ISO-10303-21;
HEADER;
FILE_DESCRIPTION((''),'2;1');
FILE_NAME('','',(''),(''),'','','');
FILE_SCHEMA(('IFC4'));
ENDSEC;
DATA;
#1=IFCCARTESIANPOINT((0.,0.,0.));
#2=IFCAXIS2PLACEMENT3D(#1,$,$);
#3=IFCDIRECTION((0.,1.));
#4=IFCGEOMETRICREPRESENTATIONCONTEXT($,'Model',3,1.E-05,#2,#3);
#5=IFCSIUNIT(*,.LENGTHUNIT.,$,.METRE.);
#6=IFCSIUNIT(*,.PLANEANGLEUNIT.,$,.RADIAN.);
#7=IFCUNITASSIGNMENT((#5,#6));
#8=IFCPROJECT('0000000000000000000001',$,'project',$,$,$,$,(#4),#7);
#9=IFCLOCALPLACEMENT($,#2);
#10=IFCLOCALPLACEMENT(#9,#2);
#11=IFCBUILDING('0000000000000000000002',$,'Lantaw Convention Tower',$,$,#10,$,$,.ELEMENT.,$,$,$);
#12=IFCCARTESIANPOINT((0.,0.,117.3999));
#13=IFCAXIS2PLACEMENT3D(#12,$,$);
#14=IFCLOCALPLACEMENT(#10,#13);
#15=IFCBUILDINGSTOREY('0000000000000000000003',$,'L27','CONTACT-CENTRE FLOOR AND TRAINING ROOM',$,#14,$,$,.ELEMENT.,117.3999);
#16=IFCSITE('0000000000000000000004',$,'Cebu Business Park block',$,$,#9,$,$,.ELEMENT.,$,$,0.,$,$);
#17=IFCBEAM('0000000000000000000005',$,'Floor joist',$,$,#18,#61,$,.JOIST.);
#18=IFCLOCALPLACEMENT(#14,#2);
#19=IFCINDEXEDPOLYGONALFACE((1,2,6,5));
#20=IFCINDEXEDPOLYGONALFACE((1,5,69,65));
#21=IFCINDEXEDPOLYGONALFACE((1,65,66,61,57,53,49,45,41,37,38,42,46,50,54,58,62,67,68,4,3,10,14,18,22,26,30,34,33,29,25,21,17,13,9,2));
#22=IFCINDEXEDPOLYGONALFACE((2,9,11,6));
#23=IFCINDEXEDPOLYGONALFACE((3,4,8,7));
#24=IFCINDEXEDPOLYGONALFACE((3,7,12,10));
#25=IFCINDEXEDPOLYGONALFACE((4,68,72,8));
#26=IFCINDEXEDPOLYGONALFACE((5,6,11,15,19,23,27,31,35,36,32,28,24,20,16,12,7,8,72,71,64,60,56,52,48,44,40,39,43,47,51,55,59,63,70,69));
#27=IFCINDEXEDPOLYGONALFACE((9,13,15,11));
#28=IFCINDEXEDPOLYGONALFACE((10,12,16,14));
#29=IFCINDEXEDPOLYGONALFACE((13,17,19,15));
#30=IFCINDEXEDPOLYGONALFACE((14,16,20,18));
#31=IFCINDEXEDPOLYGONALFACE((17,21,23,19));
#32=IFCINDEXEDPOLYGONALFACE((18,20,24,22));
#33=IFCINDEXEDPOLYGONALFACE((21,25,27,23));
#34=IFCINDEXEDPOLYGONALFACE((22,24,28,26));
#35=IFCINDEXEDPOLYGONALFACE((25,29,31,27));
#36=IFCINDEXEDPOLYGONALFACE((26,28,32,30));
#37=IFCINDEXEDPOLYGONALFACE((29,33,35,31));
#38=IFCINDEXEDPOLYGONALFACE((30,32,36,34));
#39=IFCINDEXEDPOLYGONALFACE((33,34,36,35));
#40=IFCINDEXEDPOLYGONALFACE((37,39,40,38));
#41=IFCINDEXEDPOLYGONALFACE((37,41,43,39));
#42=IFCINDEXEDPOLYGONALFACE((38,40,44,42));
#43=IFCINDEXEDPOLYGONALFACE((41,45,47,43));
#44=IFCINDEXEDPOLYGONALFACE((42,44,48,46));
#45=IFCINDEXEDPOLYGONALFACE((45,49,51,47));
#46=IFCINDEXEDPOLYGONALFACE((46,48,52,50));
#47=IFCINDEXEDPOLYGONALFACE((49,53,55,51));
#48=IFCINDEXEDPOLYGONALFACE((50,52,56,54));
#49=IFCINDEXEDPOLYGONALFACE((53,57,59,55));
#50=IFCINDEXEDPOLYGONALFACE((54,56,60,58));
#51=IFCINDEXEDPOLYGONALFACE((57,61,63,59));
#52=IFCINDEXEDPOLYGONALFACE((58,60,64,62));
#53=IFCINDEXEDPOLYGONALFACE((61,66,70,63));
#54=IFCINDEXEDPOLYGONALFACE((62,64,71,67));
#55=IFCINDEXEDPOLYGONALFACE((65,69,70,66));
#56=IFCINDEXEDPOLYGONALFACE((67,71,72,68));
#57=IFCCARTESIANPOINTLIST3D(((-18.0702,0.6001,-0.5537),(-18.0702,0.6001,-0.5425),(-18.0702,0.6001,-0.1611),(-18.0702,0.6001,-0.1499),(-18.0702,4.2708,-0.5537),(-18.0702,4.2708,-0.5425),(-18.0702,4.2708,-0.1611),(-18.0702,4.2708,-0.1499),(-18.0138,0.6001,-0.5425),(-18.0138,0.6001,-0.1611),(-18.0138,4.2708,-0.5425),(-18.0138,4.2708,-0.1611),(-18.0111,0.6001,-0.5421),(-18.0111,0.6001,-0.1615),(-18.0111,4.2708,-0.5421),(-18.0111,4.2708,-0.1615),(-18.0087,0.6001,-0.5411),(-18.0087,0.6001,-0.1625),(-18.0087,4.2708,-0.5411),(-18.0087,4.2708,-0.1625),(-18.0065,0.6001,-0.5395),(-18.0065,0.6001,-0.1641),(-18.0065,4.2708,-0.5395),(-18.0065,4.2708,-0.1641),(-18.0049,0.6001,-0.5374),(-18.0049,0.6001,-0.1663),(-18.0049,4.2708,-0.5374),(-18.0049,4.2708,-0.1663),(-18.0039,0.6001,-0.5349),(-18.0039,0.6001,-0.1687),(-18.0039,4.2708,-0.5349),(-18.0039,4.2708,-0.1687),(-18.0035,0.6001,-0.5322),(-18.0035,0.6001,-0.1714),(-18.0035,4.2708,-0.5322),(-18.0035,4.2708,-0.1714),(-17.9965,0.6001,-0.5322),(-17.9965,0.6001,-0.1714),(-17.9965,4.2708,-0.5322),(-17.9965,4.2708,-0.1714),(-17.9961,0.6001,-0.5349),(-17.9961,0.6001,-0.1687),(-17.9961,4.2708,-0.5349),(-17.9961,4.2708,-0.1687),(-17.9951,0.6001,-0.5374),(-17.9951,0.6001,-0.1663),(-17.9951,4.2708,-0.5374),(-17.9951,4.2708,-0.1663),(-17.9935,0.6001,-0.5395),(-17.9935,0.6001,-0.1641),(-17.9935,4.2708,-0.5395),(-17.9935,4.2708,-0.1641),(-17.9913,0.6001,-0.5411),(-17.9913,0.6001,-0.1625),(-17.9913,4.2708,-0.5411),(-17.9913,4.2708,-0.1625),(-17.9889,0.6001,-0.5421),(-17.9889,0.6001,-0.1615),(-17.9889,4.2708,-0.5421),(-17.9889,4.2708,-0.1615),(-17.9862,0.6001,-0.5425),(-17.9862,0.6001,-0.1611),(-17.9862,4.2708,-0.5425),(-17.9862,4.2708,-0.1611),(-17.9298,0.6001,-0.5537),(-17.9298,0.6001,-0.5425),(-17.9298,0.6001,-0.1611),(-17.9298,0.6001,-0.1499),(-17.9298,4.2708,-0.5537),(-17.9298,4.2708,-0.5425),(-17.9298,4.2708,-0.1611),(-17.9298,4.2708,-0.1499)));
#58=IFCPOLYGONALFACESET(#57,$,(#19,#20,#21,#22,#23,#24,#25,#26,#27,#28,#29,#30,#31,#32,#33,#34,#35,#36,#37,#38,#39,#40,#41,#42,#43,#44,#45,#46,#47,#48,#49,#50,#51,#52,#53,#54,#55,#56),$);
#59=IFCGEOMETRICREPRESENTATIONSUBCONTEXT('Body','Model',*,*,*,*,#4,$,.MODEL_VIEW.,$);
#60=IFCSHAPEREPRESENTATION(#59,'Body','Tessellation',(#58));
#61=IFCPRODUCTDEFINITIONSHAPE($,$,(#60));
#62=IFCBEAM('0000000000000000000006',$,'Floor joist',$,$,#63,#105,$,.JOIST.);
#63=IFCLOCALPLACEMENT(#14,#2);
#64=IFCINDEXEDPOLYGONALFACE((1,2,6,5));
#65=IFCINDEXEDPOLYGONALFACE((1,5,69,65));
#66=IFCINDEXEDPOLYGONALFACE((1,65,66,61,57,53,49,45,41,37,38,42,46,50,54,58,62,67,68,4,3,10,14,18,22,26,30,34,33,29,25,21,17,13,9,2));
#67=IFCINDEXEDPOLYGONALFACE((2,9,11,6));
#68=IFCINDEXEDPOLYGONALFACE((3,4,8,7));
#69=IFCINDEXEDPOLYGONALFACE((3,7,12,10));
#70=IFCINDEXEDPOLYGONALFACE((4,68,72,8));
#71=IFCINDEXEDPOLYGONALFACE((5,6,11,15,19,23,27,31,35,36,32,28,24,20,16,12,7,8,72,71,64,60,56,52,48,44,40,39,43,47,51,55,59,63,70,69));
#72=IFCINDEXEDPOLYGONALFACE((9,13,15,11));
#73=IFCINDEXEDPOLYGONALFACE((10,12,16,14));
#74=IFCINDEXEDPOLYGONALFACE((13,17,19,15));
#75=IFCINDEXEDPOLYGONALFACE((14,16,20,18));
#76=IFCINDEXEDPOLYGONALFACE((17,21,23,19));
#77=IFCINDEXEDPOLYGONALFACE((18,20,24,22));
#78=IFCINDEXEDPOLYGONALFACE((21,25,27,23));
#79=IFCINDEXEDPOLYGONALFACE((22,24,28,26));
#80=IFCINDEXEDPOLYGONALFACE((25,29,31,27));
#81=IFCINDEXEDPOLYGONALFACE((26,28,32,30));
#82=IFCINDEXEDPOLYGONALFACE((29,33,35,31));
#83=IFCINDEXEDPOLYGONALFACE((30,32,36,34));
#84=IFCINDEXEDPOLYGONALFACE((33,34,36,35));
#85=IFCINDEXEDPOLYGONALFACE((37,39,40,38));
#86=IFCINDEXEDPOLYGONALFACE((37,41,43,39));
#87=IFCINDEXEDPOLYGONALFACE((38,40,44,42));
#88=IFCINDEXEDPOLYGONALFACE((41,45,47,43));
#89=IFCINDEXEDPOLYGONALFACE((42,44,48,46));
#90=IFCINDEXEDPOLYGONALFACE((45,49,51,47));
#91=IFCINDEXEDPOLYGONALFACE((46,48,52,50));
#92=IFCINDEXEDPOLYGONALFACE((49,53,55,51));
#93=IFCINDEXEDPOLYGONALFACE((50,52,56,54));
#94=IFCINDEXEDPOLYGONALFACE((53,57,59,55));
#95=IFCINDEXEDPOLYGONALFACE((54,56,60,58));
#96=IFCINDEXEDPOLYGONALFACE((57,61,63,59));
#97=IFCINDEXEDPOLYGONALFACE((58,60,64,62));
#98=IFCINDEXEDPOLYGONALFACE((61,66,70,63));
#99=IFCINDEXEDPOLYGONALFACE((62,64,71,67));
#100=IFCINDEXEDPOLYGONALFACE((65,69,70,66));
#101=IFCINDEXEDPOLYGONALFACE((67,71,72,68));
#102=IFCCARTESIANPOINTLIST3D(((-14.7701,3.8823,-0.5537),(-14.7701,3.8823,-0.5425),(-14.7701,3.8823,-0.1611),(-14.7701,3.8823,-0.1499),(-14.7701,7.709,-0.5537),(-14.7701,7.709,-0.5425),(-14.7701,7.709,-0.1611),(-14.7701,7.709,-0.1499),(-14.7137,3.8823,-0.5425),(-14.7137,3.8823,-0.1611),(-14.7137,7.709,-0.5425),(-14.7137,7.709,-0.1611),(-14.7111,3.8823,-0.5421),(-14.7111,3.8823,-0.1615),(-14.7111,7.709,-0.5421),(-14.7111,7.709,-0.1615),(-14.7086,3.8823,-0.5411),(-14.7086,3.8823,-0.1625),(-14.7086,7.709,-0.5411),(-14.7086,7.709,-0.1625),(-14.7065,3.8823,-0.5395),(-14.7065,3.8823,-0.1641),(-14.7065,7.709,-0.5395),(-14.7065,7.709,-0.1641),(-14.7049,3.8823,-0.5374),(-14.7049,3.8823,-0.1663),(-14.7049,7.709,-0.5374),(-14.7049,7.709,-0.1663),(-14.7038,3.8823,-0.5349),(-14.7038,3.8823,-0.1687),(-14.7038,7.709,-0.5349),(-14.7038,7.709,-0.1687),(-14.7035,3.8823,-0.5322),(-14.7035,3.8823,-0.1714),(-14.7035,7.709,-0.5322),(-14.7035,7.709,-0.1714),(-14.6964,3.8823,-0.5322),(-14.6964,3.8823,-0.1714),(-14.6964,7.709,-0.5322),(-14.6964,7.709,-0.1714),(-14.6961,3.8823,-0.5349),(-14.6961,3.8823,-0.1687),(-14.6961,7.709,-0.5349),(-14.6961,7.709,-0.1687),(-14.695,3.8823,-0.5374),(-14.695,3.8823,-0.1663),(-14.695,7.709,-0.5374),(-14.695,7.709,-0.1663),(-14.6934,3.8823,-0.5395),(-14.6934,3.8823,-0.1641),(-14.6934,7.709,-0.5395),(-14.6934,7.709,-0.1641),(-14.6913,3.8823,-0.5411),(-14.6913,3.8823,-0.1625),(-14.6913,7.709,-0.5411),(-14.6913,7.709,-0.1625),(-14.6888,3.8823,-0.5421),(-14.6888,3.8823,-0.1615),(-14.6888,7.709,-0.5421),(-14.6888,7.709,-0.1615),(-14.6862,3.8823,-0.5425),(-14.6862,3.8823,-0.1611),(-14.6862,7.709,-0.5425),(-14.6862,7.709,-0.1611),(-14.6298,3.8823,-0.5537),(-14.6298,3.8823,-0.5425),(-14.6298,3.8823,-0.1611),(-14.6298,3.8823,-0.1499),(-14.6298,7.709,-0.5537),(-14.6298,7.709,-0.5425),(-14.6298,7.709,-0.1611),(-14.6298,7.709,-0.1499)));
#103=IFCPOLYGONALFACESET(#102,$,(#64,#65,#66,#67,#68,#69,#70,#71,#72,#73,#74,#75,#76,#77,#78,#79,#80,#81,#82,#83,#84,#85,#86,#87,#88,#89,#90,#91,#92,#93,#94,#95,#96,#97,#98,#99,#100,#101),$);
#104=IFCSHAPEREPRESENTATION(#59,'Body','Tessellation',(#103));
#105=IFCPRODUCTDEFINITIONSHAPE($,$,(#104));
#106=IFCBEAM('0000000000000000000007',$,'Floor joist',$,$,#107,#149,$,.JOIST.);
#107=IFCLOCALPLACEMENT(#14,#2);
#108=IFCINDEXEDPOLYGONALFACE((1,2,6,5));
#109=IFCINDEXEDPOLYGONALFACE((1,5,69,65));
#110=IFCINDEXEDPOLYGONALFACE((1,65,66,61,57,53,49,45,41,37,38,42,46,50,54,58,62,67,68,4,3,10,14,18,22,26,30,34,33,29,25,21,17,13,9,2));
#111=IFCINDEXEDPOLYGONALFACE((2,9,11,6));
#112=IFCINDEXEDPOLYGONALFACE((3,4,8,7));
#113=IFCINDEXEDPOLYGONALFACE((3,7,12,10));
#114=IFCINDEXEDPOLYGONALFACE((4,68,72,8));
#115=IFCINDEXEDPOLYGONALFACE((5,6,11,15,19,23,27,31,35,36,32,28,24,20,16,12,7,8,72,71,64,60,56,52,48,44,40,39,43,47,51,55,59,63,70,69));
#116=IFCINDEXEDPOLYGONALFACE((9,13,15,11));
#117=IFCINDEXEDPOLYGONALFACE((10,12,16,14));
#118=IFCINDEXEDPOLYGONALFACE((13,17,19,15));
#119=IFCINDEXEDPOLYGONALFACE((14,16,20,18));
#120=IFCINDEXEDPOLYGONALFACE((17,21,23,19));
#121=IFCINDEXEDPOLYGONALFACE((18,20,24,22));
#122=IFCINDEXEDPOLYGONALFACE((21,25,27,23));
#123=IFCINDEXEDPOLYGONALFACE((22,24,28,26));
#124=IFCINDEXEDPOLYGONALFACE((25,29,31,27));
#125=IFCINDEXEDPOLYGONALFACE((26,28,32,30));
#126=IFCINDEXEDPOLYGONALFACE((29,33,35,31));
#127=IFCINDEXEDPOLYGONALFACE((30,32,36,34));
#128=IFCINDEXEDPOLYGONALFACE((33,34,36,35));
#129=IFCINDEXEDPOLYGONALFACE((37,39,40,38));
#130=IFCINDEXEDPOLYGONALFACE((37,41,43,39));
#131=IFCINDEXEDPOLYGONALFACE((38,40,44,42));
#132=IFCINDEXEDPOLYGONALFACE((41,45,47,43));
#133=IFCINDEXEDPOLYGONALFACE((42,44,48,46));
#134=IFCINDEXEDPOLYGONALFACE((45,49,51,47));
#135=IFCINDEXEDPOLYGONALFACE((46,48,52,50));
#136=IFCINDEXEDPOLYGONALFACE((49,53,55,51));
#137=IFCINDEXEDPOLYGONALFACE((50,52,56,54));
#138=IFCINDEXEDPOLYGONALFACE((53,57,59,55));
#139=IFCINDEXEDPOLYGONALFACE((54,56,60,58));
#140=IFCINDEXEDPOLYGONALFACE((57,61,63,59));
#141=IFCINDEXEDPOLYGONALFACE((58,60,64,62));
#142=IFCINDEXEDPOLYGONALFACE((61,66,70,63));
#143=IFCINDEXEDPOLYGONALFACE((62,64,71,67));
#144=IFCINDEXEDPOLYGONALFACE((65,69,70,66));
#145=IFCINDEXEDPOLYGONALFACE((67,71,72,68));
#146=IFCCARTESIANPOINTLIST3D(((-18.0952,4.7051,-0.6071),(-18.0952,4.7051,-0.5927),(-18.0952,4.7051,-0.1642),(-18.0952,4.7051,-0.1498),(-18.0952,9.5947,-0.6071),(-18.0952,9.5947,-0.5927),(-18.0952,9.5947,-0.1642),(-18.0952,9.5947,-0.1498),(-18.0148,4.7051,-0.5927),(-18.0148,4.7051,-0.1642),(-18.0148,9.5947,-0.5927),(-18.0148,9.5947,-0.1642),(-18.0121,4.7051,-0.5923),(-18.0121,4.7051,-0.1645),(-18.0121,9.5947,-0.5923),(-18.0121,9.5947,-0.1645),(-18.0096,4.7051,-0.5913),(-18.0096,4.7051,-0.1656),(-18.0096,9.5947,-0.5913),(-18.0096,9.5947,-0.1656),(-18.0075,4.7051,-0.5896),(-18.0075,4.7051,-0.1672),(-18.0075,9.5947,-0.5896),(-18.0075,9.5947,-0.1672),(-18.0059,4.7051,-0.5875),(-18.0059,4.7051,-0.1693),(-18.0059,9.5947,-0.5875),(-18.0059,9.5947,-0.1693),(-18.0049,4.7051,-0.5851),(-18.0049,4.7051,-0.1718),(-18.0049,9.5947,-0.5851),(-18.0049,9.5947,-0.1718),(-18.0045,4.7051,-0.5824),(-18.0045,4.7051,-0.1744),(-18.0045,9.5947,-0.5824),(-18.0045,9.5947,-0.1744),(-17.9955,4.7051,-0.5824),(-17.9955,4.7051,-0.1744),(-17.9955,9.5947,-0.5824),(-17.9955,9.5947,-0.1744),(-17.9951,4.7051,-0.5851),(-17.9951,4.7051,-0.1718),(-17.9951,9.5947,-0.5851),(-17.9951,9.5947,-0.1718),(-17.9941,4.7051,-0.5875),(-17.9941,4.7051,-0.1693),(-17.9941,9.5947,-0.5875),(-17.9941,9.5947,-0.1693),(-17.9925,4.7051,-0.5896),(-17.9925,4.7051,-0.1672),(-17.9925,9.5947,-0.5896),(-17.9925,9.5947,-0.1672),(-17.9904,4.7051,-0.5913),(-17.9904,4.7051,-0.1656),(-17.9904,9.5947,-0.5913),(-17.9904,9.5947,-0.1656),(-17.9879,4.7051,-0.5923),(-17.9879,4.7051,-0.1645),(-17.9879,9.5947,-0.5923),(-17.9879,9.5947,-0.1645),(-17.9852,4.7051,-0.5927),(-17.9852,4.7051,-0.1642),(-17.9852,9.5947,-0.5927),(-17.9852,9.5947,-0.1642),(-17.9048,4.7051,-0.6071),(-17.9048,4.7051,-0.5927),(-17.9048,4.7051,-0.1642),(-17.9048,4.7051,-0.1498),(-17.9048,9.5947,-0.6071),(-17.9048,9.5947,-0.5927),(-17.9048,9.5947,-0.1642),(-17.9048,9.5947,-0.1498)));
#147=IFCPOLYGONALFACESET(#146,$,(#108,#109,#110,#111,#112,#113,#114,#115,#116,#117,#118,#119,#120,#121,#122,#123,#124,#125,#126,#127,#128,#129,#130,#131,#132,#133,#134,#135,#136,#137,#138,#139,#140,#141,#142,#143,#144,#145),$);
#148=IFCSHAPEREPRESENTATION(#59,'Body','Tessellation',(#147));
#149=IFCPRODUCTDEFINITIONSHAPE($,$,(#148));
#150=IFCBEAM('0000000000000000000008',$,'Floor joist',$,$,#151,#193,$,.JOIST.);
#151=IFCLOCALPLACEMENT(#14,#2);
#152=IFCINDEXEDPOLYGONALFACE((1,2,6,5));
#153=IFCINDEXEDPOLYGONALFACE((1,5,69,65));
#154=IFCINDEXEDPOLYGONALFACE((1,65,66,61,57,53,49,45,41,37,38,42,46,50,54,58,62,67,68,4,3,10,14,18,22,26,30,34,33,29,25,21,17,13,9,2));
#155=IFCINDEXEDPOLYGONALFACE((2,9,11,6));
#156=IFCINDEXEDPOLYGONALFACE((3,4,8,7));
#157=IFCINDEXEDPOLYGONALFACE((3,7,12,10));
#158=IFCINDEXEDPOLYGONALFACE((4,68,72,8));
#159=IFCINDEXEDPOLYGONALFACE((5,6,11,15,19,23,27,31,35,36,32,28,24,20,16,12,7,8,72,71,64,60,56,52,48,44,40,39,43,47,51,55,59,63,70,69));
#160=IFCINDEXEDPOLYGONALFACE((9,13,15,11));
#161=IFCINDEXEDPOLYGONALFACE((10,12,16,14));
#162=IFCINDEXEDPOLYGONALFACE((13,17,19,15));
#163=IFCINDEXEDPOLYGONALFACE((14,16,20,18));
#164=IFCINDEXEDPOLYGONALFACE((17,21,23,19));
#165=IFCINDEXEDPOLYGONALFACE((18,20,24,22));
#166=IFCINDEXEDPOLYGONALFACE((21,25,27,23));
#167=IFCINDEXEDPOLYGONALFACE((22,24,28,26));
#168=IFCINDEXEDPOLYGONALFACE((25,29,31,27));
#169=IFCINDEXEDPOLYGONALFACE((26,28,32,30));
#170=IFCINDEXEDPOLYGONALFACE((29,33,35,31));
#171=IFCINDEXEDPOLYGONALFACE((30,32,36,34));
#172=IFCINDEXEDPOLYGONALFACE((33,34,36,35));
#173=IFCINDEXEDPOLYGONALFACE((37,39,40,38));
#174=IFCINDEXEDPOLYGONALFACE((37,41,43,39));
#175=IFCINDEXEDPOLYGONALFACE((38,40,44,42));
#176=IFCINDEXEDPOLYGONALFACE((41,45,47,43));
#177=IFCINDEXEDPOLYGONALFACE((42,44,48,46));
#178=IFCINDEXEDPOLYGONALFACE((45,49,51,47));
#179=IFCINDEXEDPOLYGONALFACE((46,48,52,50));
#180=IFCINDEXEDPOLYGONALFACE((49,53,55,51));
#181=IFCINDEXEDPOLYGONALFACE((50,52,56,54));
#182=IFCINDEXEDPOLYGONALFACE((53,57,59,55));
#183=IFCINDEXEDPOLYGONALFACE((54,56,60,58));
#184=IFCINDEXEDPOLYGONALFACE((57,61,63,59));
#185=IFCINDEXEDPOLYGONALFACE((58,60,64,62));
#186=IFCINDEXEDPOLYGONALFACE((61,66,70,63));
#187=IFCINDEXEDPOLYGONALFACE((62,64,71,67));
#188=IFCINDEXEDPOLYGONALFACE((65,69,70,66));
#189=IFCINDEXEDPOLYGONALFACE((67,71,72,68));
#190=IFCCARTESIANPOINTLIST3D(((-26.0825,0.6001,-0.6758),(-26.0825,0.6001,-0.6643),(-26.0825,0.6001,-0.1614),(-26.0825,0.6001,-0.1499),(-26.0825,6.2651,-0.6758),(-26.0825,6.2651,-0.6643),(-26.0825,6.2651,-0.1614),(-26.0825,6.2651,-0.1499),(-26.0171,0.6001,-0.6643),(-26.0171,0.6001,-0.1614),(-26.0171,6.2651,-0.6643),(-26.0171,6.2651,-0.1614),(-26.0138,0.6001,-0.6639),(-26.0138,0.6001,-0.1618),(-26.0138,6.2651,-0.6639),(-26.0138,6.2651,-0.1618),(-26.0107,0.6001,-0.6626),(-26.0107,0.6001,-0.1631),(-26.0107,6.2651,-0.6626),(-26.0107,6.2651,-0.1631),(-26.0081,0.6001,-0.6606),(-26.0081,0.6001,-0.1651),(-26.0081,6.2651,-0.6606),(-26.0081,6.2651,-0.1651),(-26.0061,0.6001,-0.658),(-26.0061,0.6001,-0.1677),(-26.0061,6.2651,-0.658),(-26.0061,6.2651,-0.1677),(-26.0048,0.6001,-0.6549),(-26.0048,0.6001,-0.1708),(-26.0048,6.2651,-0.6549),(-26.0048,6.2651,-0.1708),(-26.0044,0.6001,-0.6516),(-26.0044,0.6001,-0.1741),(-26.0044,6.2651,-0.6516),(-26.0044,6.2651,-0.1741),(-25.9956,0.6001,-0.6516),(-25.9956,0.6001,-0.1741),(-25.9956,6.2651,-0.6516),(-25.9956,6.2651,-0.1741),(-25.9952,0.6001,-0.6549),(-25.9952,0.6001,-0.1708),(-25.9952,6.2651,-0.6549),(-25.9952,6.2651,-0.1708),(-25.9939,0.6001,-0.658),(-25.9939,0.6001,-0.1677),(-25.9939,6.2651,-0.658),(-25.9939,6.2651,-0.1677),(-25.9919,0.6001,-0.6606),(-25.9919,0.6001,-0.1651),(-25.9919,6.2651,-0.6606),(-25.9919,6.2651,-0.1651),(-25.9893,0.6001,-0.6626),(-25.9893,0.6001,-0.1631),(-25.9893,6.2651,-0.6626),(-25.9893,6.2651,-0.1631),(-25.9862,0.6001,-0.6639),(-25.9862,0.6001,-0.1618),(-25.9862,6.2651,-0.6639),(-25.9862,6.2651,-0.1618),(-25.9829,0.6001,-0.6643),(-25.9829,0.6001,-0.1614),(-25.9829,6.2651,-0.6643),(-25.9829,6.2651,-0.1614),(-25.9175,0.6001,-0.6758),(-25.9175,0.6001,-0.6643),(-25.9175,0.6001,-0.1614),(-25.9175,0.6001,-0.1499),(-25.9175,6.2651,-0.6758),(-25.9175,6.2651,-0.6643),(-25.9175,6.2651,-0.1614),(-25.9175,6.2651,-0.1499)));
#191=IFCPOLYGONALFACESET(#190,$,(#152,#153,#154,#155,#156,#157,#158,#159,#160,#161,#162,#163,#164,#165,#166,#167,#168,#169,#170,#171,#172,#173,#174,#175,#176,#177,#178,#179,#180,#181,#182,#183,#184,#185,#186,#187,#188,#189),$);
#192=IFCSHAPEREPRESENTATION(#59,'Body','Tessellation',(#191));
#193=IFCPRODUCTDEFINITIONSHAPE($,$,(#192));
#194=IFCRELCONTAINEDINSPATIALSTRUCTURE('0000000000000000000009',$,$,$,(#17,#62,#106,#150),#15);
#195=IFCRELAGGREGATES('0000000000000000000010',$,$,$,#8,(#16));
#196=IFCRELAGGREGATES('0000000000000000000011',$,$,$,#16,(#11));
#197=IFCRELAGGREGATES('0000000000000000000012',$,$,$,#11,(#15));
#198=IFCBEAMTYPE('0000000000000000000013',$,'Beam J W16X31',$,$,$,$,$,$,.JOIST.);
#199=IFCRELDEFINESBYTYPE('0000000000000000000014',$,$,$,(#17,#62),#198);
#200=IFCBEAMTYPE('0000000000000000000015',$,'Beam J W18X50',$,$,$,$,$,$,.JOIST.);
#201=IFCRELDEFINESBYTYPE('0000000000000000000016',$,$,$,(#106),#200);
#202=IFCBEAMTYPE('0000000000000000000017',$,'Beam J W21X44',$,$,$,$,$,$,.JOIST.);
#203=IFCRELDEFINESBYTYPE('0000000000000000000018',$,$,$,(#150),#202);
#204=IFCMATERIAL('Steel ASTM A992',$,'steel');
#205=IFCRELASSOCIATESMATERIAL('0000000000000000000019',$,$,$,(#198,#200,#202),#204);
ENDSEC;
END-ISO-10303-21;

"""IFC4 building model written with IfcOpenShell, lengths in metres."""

from ifc_helpers import new_model, si_unit, direction, frame, origin, origin_2d, place, context, subcontext, project, spatial, i_section, extrude, material, material_profile, profile_set, type_object, element, save


model = new_model("IFC4")

# Units and contexts
model_context = context("Model", 3, precision=1e-05, world=origin(), true_north=direction((0.0, 1.0)))
body_context = subcontext(model_context, "Body", "Model", "MODEL_VIEW")
ifc_project = project(units=[si_unit("LENGTHUNIT", "METRE"), si_unit("PLANEANGLEUNIT", "RADIAN")], contexts=[model_context])

# Site, building, storey
site_placement = place(None, origin())
site = spatial("IfcSite", under=ifc_project, at=site_placement, Name="Cebu Business Park block", CompositionType="ELEMENT", RefElevation=0.0)
building_placement = place(site_placement, origin())
building = spatial("IfcBuilding", under=site, at=building_placement, Name="Lantaw Convention Tower", CompositionType="ELEMENT")
storey_placement = place(building_placement, frame((0.0, 0.0, 117.3999)))
storey = spatial("IfcBuildingStorey", under=building, at=storey_placement, Name="L27", Description="CONTACT-CENTRE FLOOR AND TRAINING ROOM", CompositionType="ELEMENT", Elevation=117.3999)

# Beams
ifc_material_1 = material(Name="Steel ASTM A992", Category="steel")
ifc_material_profile_1 = material_profile(ifc_material_1, i_section(OverallWidth=0.1404, OverallDepth=0.4038, WebThickness=0.0071, FlangeThickness=0.0112, FilletRadius=0.0103, at=origin_2d()), Name="W16X31")
ifc_profile_set_1 = profile_set([ifc_material_profile_1], Name="Steel ASTM A992")
beam_type_1 = type_object("IfcBeamType", Name="Beam J W16X31", PredefinedType="JOIST", material=ifc_profile_set_1)
beam_1_placement = place(storey_placement, frame((-18.0, 0.6001, -0.3518), z_axis=(0.0, 1.0, 0.0), x_axis=(-1.0, 0.0, 0.0)))
element("IfcBeam", 1, at=beam_1_placement, inside=storey, type_object=beam_type_1, Name="Floor joist", PredefinedType="JOIST", context=body_context, shape_type="SweptSolid", body=[
    extrude(i_section(OverallWidth=0.1404, OverallDepth=0.4038, WebThickness=0.0071, FlangeThickness=0.0112, FilletRadius=0.0103, at=origin_2d()), origin(), (0.0, 0.0, 1.0), 3.6707),
])
beam_2_placement = place(storey_placement, frame((-14.7, 3.8823, -0.3518), z_axis=(0.0, 1.0, 0.0), x_axis=(-1.0, 0.0, 0.0)))
element("IfcBeam", 2, at=beam_2_placement, inside=storey, type_object=beam_type_1, Name="Floor joist", PredefinedType="JOIST", context=body_context, shape_type="SweptSolid", body=[
    extrude(i_section(OverallWidth=0.1404, OverallDepth=0.4038, WebThickness=0.0071, FlangeThickness=0.0112, FilletRadius=0.0103, at=origin_2d()), origin(), (0.0, 0.0, 1.0), 3.8267),
])
ifc_material_profile_2 = material_profile(ifc_material_1, i_section(OverallWidth=0.1904, OverallDepth=0.4573, WebThickness=0.009, FlangeThickness=0.0144, FilletRadius=0.0103, at=origin_2d()), Name="W18X50")
ifc_profile_set_2 = profile_set([ifc_material_profile_2], Name="Steel ASTM A992")
beam_type_2 = type_object("IfcBeamType", Name="Beam J W18X50", PredefinedType="JOIST", material=ifc_profile_set_2)
beam_3_placement = place(storey_placement, frame((-18.0, 4.7051, -0.3784), z_axis=(0.0, 1.0, 0.0), x_axis=(-1.0, 0.0, 0.0)))
element("IfcBeam", 3, at=beam_3_placement, inside=storey, type_object=beam_type_2, Name="Floor joist", PredefinedType="JOIST", context=body_context, shape_type="SweptSolid", body=[
    extrude(i_section(OverallWidth=0.1904, OverallDepth=0.4573, WebThickness=0.009, FlangeThickness=0.0144, FilletRadius=0.0103, at=origin_2d()), origin(), (0.0, 0.0, 1.0), 4.8896),
])
ifc_material_profile_3 = material_profile(ifc_material_1, i_section(OverallWidth=0.165, OverallDepth=0.5259, WebThickness=0.0088, FlangeThickness=0.0115, FilletRadius=0.0127, at=origin_2d()), Name="W21X44")
ifc_profile_set_3 = profile_set([ifc_material_profile_3], Name="Steel ASTM A992")
beam_type_3 = type_object("IfcBeamType", Name="Beam J W21X44", PredefinedType="JOIST", material=ifc_profile_set_3)
beam_4_placement = place(storey_placement, frame((-26.0, 0.6001, -0.4128), z_axis=(0.0, 1.0, 0.0), x_axis=(-1.0, 0.0, 0.0)))
element("IfcBeam", 4, at=beam_4_placement, inside=storey, type_object=beam_type_3, Name="Floor joist", PredefinedType="JOIST", context=body_context, shape_type="SweptSolid", body=[
    extrude(i_section(OverallWidth=0.165, OverallDepth=0.5259, WebThickness=0.0088, FlangeThickness=0.0115, FilletRadius=0.0127, at=origin_2d()), origin(), (0.0, 0.0, 1.0), 5.665),
])

save(model, "model.ifc")
